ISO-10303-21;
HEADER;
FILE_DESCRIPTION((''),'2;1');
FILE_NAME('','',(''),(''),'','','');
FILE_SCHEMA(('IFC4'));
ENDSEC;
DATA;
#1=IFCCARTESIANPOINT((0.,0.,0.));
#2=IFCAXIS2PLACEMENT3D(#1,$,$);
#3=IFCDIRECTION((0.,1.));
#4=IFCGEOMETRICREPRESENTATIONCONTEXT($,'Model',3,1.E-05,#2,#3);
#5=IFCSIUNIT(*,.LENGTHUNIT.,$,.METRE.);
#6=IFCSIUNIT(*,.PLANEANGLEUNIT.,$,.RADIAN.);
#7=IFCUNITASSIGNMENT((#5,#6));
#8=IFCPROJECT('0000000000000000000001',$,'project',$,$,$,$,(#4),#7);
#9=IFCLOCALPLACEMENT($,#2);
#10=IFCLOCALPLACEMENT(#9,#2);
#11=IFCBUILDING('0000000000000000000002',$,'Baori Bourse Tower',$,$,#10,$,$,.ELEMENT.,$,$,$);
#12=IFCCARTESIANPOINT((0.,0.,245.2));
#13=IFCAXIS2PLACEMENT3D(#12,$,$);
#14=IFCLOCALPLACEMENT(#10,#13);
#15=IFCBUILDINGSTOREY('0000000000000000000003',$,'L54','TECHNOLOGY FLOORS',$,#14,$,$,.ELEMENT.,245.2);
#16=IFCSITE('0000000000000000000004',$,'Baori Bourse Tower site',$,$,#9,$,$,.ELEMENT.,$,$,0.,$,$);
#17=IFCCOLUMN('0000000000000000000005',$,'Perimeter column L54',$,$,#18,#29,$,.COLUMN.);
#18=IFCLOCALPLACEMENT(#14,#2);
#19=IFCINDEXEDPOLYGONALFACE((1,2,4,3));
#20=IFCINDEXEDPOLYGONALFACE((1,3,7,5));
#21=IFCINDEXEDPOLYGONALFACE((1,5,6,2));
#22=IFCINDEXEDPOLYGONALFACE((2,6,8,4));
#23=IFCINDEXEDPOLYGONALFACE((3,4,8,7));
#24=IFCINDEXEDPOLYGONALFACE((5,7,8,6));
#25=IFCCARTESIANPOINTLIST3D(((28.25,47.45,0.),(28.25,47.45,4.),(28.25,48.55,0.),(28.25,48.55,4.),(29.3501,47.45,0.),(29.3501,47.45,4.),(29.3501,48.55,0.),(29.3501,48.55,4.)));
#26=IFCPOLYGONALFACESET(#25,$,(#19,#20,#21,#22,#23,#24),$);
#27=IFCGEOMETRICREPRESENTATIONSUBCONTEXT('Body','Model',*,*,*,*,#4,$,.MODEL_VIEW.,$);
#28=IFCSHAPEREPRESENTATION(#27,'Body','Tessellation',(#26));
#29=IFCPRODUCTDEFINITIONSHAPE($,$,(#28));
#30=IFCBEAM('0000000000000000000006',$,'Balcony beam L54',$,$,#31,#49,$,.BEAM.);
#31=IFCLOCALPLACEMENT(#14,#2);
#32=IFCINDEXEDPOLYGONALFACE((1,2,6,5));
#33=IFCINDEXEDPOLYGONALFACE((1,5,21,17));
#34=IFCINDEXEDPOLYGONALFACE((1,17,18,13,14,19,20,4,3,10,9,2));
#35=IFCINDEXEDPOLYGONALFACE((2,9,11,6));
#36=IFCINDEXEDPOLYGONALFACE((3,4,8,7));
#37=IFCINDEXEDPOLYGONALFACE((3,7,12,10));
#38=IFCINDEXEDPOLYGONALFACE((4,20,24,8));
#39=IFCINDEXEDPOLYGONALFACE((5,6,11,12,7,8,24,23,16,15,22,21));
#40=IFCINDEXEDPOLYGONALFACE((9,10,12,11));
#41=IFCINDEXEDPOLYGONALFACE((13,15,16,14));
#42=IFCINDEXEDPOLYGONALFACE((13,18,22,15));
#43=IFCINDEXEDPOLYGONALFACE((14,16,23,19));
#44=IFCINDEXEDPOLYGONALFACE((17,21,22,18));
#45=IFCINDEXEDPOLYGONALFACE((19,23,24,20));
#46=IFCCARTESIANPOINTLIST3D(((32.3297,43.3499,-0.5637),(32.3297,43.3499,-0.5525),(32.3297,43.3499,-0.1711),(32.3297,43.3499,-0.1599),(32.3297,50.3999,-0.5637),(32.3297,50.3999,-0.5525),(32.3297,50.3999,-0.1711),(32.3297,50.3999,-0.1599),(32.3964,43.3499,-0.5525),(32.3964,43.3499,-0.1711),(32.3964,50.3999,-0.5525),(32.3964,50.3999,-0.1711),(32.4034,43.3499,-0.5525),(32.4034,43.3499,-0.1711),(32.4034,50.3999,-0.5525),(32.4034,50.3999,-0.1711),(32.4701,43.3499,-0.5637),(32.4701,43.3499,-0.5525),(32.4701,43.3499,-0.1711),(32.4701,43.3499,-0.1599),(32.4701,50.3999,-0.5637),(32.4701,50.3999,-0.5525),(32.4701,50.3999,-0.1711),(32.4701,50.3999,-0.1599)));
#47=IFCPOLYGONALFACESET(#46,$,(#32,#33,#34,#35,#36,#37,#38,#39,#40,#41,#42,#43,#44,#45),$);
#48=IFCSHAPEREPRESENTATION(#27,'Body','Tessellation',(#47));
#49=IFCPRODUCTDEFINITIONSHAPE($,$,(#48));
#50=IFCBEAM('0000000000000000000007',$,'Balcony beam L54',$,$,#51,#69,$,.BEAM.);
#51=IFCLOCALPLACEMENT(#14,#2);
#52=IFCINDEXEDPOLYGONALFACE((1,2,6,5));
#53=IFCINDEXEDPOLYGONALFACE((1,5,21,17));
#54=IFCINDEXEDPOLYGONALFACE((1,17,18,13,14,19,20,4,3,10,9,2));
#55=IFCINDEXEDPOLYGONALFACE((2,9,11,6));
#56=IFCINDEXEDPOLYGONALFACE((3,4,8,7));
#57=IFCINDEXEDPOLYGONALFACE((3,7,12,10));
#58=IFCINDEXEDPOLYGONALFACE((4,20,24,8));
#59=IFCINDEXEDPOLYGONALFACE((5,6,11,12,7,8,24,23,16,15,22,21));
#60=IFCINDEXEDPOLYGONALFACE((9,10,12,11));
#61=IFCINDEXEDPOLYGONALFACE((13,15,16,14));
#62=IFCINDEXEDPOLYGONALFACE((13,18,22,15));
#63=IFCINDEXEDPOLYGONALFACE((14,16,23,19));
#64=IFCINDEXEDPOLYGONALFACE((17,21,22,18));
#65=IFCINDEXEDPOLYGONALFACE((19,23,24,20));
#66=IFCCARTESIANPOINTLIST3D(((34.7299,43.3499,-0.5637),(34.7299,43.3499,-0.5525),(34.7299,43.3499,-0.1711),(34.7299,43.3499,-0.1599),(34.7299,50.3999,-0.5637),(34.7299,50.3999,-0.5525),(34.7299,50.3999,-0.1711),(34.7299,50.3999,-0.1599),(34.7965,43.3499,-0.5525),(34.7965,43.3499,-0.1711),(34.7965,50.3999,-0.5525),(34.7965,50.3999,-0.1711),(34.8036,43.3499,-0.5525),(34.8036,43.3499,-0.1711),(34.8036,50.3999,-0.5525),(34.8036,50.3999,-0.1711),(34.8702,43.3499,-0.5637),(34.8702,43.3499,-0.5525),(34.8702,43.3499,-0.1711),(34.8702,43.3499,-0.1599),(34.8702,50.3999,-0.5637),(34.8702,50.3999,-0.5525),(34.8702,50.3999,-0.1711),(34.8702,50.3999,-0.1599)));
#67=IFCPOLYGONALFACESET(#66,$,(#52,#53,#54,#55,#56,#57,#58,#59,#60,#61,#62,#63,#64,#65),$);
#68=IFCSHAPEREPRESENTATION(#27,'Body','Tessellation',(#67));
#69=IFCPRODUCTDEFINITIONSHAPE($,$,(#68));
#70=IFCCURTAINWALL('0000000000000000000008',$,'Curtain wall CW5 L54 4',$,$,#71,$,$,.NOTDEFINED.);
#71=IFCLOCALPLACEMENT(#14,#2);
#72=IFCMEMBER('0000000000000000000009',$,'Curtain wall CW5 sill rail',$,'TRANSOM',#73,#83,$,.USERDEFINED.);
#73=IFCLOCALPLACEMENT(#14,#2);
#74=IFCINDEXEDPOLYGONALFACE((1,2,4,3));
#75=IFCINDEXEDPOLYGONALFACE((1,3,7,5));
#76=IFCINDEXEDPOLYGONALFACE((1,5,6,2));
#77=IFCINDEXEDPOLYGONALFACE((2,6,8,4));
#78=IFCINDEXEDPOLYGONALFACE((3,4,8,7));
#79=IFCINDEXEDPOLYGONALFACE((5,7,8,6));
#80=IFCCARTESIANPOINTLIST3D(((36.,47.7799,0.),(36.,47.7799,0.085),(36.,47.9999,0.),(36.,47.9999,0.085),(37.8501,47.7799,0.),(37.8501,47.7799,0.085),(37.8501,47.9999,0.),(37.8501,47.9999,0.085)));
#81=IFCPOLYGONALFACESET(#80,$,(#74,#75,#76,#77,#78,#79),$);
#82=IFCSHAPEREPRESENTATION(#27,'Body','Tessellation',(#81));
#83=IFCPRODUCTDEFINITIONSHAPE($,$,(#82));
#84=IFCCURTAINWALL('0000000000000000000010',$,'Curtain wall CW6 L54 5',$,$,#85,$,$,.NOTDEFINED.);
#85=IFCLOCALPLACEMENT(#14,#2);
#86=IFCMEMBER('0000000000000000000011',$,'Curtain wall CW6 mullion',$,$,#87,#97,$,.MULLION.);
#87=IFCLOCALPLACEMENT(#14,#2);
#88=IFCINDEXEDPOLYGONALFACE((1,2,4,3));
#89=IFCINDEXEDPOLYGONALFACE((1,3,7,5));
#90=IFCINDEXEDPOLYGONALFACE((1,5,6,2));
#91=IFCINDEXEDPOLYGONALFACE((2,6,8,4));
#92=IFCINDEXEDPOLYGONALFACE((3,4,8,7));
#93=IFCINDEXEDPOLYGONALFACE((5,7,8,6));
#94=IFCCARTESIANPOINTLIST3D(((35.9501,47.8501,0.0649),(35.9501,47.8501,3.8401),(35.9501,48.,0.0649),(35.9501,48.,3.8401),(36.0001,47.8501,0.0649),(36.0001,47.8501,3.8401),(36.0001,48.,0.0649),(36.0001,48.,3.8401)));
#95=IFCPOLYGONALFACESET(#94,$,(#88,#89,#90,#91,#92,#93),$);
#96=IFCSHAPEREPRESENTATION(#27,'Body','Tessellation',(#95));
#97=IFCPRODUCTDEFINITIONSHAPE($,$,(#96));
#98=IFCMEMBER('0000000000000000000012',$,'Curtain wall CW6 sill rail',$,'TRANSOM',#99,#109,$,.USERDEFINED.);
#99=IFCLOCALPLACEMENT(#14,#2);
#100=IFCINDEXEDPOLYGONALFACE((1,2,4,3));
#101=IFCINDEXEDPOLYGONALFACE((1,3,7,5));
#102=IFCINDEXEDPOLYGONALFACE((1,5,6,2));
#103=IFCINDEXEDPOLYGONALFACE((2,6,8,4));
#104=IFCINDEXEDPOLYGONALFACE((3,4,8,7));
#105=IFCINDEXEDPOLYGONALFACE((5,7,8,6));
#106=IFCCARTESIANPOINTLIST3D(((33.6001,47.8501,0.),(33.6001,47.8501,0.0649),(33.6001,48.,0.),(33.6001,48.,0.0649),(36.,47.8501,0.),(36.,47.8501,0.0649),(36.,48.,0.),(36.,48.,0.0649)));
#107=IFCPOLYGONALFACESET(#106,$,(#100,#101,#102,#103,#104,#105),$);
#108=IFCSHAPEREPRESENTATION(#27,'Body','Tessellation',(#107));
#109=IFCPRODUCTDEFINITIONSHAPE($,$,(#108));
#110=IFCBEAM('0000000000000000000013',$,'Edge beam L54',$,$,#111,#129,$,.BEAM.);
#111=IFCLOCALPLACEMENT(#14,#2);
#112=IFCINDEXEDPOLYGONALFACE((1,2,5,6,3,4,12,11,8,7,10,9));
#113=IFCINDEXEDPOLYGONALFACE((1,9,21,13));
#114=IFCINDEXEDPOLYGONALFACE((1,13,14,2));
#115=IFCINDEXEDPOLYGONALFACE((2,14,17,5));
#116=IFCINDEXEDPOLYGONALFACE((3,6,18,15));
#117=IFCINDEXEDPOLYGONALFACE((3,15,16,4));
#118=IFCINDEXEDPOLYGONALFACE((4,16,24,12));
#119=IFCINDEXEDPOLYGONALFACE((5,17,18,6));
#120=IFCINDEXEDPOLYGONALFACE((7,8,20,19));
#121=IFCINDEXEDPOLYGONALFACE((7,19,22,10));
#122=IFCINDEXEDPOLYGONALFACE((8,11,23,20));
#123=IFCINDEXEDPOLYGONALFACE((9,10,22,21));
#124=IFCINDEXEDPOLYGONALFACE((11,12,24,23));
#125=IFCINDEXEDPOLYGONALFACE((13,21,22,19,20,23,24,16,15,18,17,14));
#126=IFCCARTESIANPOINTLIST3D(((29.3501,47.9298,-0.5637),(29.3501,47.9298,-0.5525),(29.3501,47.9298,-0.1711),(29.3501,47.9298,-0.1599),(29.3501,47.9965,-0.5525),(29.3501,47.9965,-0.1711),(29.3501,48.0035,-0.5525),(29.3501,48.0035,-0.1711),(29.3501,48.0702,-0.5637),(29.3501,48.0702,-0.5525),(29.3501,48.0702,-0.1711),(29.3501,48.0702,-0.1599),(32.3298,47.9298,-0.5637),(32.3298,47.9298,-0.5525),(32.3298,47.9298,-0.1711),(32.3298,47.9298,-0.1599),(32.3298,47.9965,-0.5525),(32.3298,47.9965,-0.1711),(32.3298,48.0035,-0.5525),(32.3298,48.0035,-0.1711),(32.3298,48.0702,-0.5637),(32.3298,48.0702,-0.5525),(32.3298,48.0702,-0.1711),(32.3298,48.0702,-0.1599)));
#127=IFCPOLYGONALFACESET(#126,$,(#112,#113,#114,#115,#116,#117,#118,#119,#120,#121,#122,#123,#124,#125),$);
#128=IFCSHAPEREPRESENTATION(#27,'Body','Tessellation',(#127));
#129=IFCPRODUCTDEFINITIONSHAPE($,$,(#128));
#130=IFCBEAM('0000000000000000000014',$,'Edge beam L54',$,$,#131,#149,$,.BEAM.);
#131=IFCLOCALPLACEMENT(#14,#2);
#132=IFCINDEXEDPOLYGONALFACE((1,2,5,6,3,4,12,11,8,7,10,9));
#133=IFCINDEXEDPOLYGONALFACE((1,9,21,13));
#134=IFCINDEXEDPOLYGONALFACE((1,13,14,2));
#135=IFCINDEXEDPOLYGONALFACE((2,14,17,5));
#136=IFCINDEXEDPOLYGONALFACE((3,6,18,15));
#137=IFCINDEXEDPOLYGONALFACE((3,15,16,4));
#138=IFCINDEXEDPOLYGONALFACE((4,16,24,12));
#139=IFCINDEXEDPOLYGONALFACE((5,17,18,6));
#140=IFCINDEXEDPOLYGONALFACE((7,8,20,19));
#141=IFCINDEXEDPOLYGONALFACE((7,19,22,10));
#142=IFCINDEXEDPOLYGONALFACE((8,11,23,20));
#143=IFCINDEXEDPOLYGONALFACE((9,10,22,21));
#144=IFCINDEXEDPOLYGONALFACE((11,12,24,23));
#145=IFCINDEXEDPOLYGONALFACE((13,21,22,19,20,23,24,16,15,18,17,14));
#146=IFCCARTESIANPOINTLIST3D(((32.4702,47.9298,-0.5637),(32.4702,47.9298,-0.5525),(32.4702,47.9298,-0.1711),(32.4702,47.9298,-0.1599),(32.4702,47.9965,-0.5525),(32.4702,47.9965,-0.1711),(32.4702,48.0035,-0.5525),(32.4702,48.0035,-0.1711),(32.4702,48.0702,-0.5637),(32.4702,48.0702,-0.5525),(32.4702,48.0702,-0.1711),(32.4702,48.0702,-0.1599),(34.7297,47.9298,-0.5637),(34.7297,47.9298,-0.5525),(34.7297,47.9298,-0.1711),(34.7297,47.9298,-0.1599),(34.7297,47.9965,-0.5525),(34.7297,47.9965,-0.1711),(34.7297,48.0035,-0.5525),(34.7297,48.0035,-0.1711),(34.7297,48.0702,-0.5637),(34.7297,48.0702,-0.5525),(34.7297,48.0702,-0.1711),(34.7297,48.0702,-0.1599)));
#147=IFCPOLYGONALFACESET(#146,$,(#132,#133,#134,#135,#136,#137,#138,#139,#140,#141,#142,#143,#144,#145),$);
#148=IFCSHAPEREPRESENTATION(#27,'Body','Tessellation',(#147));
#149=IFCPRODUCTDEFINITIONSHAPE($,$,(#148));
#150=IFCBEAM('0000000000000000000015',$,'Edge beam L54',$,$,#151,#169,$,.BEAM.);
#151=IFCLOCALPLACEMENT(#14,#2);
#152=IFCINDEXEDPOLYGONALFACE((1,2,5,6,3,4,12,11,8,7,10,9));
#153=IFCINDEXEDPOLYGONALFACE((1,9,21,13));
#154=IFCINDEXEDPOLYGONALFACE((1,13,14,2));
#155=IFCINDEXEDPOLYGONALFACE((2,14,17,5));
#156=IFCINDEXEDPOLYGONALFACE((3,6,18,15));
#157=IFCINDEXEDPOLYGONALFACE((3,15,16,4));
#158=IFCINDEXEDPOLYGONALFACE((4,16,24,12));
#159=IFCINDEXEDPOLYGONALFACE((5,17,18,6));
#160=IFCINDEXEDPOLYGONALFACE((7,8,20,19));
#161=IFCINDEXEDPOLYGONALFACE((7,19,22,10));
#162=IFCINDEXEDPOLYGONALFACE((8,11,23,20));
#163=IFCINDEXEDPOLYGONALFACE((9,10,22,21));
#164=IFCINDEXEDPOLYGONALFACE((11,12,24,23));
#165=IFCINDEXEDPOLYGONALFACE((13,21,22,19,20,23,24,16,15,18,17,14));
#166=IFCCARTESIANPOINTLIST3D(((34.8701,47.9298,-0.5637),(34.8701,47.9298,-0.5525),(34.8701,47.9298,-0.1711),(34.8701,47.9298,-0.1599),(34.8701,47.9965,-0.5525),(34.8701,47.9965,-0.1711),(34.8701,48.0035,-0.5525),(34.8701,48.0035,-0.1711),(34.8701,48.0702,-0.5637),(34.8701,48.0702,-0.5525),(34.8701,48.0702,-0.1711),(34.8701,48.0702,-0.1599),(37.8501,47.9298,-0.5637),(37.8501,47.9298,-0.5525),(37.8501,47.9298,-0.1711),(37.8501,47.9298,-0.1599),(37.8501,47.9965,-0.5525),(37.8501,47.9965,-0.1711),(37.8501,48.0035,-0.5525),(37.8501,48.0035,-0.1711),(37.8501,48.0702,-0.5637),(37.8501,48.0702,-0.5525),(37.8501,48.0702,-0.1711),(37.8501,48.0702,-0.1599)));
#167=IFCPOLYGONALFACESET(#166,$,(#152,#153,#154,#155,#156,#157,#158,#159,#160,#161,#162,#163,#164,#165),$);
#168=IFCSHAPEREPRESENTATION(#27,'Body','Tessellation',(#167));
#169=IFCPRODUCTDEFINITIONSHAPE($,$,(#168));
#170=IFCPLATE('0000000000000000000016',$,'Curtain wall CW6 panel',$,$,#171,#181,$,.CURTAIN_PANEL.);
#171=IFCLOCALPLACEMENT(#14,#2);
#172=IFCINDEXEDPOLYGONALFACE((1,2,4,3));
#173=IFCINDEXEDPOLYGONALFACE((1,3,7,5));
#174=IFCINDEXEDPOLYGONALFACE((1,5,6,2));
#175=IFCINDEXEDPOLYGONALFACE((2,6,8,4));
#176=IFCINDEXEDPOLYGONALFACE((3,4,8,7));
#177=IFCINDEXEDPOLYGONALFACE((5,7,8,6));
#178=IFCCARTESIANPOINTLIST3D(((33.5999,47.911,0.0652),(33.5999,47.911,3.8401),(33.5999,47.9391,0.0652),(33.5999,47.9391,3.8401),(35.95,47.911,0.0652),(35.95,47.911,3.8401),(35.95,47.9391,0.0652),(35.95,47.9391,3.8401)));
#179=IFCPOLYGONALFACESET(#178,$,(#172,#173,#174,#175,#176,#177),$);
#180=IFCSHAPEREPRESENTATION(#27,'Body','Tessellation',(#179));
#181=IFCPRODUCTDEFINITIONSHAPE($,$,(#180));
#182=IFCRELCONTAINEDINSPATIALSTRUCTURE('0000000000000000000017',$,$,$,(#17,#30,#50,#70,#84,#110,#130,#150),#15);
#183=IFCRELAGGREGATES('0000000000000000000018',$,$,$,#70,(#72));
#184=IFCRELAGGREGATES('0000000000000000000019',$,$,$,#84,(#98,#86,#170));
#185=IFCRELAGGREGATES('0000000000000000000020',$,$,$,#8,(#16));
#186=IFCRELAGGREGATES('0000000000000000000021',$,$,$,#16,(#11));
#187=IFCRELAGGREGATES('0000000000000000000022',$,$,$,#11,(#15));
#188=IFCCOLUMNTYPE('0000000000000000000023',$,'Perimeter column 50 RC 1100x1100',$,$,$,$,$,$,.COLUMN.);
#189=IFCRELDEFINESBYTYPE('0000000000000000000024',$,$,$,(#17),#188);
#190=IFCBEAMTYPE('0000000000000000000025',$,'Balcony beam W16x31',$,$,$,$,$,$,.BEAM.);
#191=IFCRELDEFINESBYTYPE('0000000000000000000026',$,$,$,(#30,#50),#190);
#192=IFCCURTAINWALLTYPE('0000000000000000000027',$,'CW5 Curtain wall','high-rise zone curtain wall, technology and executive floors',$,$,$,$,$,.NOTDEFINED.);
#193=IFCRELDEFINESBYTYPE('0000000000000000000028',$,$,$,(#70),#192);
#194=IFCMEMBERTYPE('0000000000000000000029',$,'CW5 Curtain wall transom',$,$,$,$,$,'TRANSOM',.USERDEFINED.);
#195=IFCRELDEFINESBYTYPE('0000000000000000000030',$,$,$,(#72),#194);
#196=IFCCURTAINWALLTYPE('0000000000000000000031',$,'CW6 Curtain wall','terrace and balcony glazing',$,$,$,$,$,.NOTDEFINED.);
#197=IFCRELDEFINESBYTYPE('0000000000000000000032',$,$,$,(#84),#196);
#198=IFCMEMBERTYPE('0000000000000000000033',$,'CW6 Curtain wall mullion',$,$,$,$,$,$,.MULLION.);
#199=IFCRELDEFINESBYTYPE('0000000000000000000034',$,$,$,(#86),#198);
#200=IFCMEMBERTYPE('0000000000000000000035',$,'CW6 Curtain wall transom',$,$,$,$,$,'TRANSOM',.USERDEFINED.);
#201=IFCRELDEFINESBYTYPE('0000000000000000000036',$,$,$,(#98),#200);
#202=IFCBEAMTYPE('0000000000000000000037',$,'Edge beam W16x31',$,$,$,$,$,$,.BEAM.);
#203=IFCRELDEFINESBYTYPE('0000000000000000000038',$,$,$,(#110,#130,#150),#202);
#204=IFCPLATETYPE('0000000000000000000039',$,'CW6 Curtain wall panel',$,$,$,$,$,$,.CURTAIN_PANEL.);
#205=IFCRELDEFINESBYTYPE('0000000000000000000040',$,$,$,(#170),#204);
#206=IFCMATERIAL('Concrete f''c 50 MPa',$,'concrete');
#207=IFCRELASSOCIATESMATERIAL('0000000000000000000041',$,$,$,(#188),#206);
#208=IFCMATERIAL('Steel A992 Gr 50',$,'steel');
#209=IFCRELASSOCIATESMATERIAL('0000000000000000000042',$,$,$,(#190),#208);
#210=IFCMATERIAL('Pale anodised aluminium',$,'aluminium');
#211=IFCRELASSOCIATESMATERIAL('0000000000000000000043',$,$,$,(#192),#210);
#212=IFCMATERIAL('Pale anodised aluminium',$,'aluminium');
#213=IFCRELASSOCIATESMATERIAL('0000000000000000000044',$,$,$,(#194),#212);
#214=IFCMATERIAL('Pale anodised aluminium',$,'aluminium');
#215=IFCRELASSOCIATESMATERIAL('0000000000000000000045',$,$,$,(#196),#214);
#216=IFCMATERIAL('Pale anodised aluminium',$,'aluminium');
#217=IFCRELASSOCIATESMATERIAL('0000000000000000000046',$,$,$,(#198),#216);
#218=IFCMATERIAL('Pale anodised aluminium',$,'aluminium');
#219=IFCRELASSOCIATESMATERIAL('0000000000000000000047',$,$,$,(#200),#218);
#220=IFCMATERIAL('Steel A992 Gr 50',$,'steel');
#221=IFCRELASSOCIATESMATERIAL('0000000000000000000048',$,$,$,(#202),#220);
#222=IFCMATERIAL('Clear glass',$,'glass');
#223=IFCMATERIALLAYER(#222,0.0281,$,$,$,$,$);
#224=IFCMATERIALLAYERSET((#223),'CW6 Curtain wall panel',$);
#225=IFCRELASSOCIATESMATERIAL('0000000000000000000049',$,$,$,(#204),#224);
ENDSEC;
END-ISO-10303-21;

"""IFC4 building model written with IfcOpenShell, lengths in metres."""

from ifc_helpers import new_model, si_unit, direction, frame, origin, origin_2d, place, context, subcontext, project, spatial, rectangle, i_section, extrude, material, layer, layer_set, material_profile, profile_set, type_object, element, aggregate, save


model = new_model("IFC4")

# Units and contexts
model_context = context("Model", 3, precision=1e-05, world=origin(), true_north=direction((0.0, 1.0)))
body_context = subcontext(model_context, "Body", "Model", "MODEL_VIEW")
ifc_project = project(units=[si_unit("LENGTHUNIT", "METRE"), si_unit("PLANEANGLEUNIT", "RADIAN")], contexts=[model_context])

# Site, building, storey
site_placement = place(None, origin())
site = spatial("IfcSite", under=ifc_project, at=site_placement, Name="Baori Bourse Tower site", CompositionType="ELEMENT", RefElevation=0.0)
building_placement = place(site_placement, origin())
building = spatial("IfcBuilding", under=site, at=building_placement, Name="Baori Bourse Tower", CompositionType="ELEMENT")
storey_placement = place(building_placement, frame((0.0, 0.0, 245.2)))
storey = spatial("IfcBuildingStorey", under=building, at=storey_placement, Name="L54", Description="TECHNOLOGY FLOORS", CompositionType="ELEMENT", Elevation=245.2)

# Column
ifc_material_1 = material(Name="Concrete f'c 50 MPa", Category="concrete")
ifc_material_profile_1 = material_profile(ifc_material_1, rectangle(XDim=1.1001, YDim=1.1001, at=origin_2d()), Name="RC 1100x1100")
ifc_profile_set_1 = profile_set([ifc_material_profile_1], Name="Concrete f'c 50 MPa")
column_type = type_object("IfcColumnType", Name="Perimeter column 50 RC 1100x1100", PredefinedType="COLUMN", material=ifc_profile_set_1)
column_placement = place(storey_placement, frame((28.8, 48.0, 0.0), z_axis=(0.0, 0.0, 1.0), x_axis=(1.0, 0.0, 0.0)))
element("IfcColumn", 1, at=column_placement, inside=storey, type_object=column_type, Name="Perimeter column L54", PredefinedType="COLUMN", context=body_context, shape_type="SweptSolid", body=[
    extrude(rectangle(XDim=1.1001, YDim=1.1001, at=origin_2d()), origin(), (0.0, 0.0, 1.0), 4.0),
])

# Beams
ifc_material_2 = material(Name="Steel A992 Gr 50", Category="steel")
ifc_material_profile_2 = material_profile(ifc_material_2, i_section(OverallWidth=0.1404, OverallDepth=0.4038, WebThickness=0.0071, FlangeThickness=0.0112, at=origin_2d()), Name="W16x31")
ifc_profile_set_2 = profile_set([ifc_material_profile_2], Name="Steel A992 Gr 50")
beam_type_1 = type_object("IfcBeamType", Name="Balcony beam W16x31", PredefinedType="BEAM", material=ifc_profile_set_2)
for number, where, z_axis, x_axis, name in (
    (2, (32.3999, 50.3999, -0.3618), (0.0, -1.0, 0.0), (1.0, 0.0, 0.0), "Balcony beam L54"),
    (3, (34.8, 50.3999, -0.3618), (0.0, -1.0, 0.0), (1.0, 0.0, 0.0), "Balcony beam L54"),
):
    element("IfcBeam", number, at=place(storey_placement, frame(where, z_axis=z_axis, x_axis=x_axis)), inside=storey, type_object=beam_type_1, Name=name, PredefinedType="BEAM", context=body_context, shape_type="SweptSolid", body=[
        extrude(i_section(OverallWidth=0.1404, OverallDepth=0.4038, WebThickness=0.0071, FlangeThickness=0.0112, at=origin_2d()), origin(), (0.0, 0.0, 1.0), 7.05),
    ])

# Curtain wall, member
ifc_material_3 = material(Name="Pale anodised aluminium", Category="aluminium")
curtain_wall_type_1 = type_object("IfcCurtainWallType", Name="CW5 Curtain wall", Description="high-rise zone curtain wall, technology and executive floors", PredefinedType="NOTDEFINED", material=ifc_material_3)
curtain_wall_1_placement = place(storey_placement, origin())
curtain_wall_1 = element("IfcCurtainWall", 4, at=curtain_wall_1_placement, inside=storey, type_object=curtain_wall_type_1, Name="Curtain wall CW5 L54 4", PredefinedType="NOTDEFINED")
ifc_material_4 = material(Name="Pale anodised aluminium", Category="aluminium")
ifc_material_profile_3 = material_profile(ifc_material_4, rectangle(XDim=0.22, YDim=0.085, at=origin_2d()), Name="Transom 85x220")
ifc_profile_set_3 = profile_set([ifc_material_profile_3], Name="Pale anodised aluminium")
member_type_1 = type_object("IfcMemberType", Name="CW5 Curtain wall transom", ElementType="TRANSOM", PredefinedType="USERDEFINED", material=ifc_profile_set_3)
member_1_placement = place(storey_placement, frame((37.8501, 47.8899, 0.0425), z_axis=(-1.0, 0.0, 0.0), x_axis=(0.0, -1.0, 0.0)))
member_1 = element("IfcMember", 5, at=member_1_placement, type_object=member_type_1, Name="Curtain wall CW5 sill rail", ObjectType="TRANSOM", PredefinedType="USERDEFINED", context=body_context, shape_type="SweptSolid", body=[
    extrude(rectangle(XDim=0.22, YDim=0.085, at=origin_2d()), origin(), (0.0, 0.0, 1.0), 1.8501),
])
aggregate(curtain_wall_1, [member_1])

# Curtain wall, members
ifc_material_5 = material(Name="Pale anodised aluminium", Category="aluminium")
curtain_wall_type_2 = type_object("IfcCurtainWallType", Name="CW6 Curtain wall", Description="terrace and balcony glazing", PredefinedType="NOTDEFINED", material=ifc_material_5)
curtain_wall_2_placement = place(storey_placement, origin())
curtain_wall_2 = element("IfcCurtainWall", 6, at=curtain_wall_2_placement, inside=storey, type_object=curtain_wall_type_2, Name="Curtain wall CW6 L54 5", PredefinedType="NOTDEFINED")
ifc_material_6 = material(Name="Pale anodised aluminium", Category="aluminium")
ifc_material_profile_4 = material_profile(ifc_material_6, rectangle(XDim=0.1499, YDim=0.05, at=origin_2d()), Name="Mullion 50x150")
ifc_profile_set_4 = profile_set([ifc_material_profile_4], Name="Pale anodised aluminium")
member_type_2 = type_object("IfcMemberType", Name="CW6 Curtain wall mullion", PredefinedType="MULLION", material=ifc_profile_set_4)
member_2_placement = place(storey_placement, frame((35.9751, 47.925, 0.0649), z_axis=(0.0, 0.0, 1.0), x_axis=(0.0, -1.0, 0.0)))
member_2 = element("IfcMember", 7, at=member_2_placement, type_object=member_type_2, Name="Curtain wall CW6 mullion", PredefinedType="MULLION", context=body_context, shape_type="SweptSolid", body=[
    extrude(rectangle(XDim=0.1499, YDim=0.05, at=origin_2d()), origin(), (0.0, 0.0, 1.0), 3.7751),
])
ifc_material_7 = material(Name="Pale anodised aluminium", Category="aluminium")
ifc_material_profile_5 = material_profile(ifc_material_7, rectangle(XDim=0.1499, YDim=0.0649, at=origin_2d()), Name="Transom 65x150")
ifc_profile_set_5 = profile_set([ifc_material_profile_5], Name="Pale anodised aluminium")
member_type_3 = type_object("IfcMemberType", Name="CW6 Curtain wall transom", ElementType="TRANSOM", PredefinedType="USERDEFINED", material=ifc_profile_set_5)
member_3_placement = place(storey_placement, frame((36.0, 47.925, 0.0325), z_axis=(-1.0, 0.0, 0.0), x_axis=(0.0, -1.0, 0.0)))
member_3 = element("IfcMember", 8, at=member_3_placement, type_object=member_type_3, Name="Curtain wall CW6 sill rail", ObjectType="TRANSOM", PredefinedType="USERDEFINED", context=body_context, shape_type="SweptSolid", body=[
    extrude(rectangle(XDim=0.1499, YDim=0.0649, at=origin_2d()), origin(), (0.0, 0.0, 1.0), 2.3999),
])

# Beams
ifc_material_8 = material(Name="Steel A992 Gr 50", Category="steel")
ifc_material_profile_6 = material_profile(ifc_material_8, i_section(OverallWidth=0.1404, OverallDepth=0.4038, WebThickness=0.0071, FlangeThickness=0.0112, at=origin_2d()), Name="W16x31")
ifc_profile_set_6 = profile_set([ifc_material_profile_6], Name="Steel A992 Gr 50")
beam_type_2 = type_object("IfcBeamType", Name="Edge beam W16x31", PredefinedType="BEAM", material=ifc_profile_set_6)
beam_1_placement = place(storey_placement, frame((29.3501, 48.0, -0.3618), z_axis=(1.0, 0.0, 0.0), x_axis=(0.0, 1.0, 0.0)))
element("IfcBeam", 9, at=beam_1_placement, inside=storey, type_object=beam_type_2, Name="Edge beam L54", PredefinedType="BEAM", context=body_context, shape_type="SweptSolid", body=[
    extrude(i_section(OverallWidth=0.1404, OverallDepth=0.4038, WebThickness=0.0071, FlangeThickness=0.0112, at=origin_2d()), origin(), (0.0, 0.0, 1.0), 2.9797),
])
beam_2_placement = place(storey_placement, frame((32.4702, 48.0, -0.3618), z_axis=(1.0, 0.0, 0.0), x_axis=(0.0, 1.0, 0.0)))
element("IfcBeam", 10, at=beam_2_placement, inside=storey, type_object=beam_type_2, Name="Edge beam L54", PredefinedType="BEAM", context=body_context, shape_type="SweptSolid", body=[
    extrude(i_section(OverallWidth=0.1404, OverallDepth=0.4038, WebThickness=0.0071, FlangeThickness=0.0112, at=origin_2d()), origin(), (0.0, 0.0, 1.0), 2.2595),
])
beam_3_placement = place(storey_placement, frame((34.8701, 48.0, -0.3618), z_axis=(1.0, 0.0, 0.0), x_axis=(0.0, 1.0, 0.0)))
element("IfcBeam", 11, at=beam_3_placement, inside=storey, type_object=beam_type_2, Name="Edge beam L54", PredefinedType="BEAM", context=body_context, shape_type="SweptSolid", body=[
    extrude(i_section(OverallWidth=0.1404, OverallDepth=0.4038, WebThickness=0.0071, FlangeThickness=0.0112, at=origin_2d()), origin(), (0.0, 0.0, 1.0), 2.98),
])

# Plate
ifc_material_9 = material(Name="Clear glass", Category="glass")
ifc_layer_1 = layer(ifc_material_9, 0.0281)
ifc_layer_set_1 = layer_set([ifc_layer_1], Name="CW6 Curtain wall panel")
plate_type = type_object("IfcPlateType", Name="CW6 Curtain wall panel", PredefinedType="CURTAIN_PANEL", material=ifc_layer_set_1)
plate_placement = place(storey_placement, frame((34.7749, 47.925, 0.0652), z_axis=(0.0, 0.0, 1.0), x_axis=(-1.0, 0.0, 0.0)))
plate = element("IfcPlate", 12, at=plate_placement, type_object=plate_type, Name="Curtain wall CW6 panel", PredefinedType="CURTAIN_PANEL", context=body_context, shape_type="SweptSolid", body=[
    extrude(rectangle(XDim=2.3501, YDim=0.0281, at=origin_2d()), origin(), (0.0, 0.0, 1.0), 3.7749),
])
aggregate(curtain_wall_2, [member_3, member_2, plate])

save(model, "model.ifc")
